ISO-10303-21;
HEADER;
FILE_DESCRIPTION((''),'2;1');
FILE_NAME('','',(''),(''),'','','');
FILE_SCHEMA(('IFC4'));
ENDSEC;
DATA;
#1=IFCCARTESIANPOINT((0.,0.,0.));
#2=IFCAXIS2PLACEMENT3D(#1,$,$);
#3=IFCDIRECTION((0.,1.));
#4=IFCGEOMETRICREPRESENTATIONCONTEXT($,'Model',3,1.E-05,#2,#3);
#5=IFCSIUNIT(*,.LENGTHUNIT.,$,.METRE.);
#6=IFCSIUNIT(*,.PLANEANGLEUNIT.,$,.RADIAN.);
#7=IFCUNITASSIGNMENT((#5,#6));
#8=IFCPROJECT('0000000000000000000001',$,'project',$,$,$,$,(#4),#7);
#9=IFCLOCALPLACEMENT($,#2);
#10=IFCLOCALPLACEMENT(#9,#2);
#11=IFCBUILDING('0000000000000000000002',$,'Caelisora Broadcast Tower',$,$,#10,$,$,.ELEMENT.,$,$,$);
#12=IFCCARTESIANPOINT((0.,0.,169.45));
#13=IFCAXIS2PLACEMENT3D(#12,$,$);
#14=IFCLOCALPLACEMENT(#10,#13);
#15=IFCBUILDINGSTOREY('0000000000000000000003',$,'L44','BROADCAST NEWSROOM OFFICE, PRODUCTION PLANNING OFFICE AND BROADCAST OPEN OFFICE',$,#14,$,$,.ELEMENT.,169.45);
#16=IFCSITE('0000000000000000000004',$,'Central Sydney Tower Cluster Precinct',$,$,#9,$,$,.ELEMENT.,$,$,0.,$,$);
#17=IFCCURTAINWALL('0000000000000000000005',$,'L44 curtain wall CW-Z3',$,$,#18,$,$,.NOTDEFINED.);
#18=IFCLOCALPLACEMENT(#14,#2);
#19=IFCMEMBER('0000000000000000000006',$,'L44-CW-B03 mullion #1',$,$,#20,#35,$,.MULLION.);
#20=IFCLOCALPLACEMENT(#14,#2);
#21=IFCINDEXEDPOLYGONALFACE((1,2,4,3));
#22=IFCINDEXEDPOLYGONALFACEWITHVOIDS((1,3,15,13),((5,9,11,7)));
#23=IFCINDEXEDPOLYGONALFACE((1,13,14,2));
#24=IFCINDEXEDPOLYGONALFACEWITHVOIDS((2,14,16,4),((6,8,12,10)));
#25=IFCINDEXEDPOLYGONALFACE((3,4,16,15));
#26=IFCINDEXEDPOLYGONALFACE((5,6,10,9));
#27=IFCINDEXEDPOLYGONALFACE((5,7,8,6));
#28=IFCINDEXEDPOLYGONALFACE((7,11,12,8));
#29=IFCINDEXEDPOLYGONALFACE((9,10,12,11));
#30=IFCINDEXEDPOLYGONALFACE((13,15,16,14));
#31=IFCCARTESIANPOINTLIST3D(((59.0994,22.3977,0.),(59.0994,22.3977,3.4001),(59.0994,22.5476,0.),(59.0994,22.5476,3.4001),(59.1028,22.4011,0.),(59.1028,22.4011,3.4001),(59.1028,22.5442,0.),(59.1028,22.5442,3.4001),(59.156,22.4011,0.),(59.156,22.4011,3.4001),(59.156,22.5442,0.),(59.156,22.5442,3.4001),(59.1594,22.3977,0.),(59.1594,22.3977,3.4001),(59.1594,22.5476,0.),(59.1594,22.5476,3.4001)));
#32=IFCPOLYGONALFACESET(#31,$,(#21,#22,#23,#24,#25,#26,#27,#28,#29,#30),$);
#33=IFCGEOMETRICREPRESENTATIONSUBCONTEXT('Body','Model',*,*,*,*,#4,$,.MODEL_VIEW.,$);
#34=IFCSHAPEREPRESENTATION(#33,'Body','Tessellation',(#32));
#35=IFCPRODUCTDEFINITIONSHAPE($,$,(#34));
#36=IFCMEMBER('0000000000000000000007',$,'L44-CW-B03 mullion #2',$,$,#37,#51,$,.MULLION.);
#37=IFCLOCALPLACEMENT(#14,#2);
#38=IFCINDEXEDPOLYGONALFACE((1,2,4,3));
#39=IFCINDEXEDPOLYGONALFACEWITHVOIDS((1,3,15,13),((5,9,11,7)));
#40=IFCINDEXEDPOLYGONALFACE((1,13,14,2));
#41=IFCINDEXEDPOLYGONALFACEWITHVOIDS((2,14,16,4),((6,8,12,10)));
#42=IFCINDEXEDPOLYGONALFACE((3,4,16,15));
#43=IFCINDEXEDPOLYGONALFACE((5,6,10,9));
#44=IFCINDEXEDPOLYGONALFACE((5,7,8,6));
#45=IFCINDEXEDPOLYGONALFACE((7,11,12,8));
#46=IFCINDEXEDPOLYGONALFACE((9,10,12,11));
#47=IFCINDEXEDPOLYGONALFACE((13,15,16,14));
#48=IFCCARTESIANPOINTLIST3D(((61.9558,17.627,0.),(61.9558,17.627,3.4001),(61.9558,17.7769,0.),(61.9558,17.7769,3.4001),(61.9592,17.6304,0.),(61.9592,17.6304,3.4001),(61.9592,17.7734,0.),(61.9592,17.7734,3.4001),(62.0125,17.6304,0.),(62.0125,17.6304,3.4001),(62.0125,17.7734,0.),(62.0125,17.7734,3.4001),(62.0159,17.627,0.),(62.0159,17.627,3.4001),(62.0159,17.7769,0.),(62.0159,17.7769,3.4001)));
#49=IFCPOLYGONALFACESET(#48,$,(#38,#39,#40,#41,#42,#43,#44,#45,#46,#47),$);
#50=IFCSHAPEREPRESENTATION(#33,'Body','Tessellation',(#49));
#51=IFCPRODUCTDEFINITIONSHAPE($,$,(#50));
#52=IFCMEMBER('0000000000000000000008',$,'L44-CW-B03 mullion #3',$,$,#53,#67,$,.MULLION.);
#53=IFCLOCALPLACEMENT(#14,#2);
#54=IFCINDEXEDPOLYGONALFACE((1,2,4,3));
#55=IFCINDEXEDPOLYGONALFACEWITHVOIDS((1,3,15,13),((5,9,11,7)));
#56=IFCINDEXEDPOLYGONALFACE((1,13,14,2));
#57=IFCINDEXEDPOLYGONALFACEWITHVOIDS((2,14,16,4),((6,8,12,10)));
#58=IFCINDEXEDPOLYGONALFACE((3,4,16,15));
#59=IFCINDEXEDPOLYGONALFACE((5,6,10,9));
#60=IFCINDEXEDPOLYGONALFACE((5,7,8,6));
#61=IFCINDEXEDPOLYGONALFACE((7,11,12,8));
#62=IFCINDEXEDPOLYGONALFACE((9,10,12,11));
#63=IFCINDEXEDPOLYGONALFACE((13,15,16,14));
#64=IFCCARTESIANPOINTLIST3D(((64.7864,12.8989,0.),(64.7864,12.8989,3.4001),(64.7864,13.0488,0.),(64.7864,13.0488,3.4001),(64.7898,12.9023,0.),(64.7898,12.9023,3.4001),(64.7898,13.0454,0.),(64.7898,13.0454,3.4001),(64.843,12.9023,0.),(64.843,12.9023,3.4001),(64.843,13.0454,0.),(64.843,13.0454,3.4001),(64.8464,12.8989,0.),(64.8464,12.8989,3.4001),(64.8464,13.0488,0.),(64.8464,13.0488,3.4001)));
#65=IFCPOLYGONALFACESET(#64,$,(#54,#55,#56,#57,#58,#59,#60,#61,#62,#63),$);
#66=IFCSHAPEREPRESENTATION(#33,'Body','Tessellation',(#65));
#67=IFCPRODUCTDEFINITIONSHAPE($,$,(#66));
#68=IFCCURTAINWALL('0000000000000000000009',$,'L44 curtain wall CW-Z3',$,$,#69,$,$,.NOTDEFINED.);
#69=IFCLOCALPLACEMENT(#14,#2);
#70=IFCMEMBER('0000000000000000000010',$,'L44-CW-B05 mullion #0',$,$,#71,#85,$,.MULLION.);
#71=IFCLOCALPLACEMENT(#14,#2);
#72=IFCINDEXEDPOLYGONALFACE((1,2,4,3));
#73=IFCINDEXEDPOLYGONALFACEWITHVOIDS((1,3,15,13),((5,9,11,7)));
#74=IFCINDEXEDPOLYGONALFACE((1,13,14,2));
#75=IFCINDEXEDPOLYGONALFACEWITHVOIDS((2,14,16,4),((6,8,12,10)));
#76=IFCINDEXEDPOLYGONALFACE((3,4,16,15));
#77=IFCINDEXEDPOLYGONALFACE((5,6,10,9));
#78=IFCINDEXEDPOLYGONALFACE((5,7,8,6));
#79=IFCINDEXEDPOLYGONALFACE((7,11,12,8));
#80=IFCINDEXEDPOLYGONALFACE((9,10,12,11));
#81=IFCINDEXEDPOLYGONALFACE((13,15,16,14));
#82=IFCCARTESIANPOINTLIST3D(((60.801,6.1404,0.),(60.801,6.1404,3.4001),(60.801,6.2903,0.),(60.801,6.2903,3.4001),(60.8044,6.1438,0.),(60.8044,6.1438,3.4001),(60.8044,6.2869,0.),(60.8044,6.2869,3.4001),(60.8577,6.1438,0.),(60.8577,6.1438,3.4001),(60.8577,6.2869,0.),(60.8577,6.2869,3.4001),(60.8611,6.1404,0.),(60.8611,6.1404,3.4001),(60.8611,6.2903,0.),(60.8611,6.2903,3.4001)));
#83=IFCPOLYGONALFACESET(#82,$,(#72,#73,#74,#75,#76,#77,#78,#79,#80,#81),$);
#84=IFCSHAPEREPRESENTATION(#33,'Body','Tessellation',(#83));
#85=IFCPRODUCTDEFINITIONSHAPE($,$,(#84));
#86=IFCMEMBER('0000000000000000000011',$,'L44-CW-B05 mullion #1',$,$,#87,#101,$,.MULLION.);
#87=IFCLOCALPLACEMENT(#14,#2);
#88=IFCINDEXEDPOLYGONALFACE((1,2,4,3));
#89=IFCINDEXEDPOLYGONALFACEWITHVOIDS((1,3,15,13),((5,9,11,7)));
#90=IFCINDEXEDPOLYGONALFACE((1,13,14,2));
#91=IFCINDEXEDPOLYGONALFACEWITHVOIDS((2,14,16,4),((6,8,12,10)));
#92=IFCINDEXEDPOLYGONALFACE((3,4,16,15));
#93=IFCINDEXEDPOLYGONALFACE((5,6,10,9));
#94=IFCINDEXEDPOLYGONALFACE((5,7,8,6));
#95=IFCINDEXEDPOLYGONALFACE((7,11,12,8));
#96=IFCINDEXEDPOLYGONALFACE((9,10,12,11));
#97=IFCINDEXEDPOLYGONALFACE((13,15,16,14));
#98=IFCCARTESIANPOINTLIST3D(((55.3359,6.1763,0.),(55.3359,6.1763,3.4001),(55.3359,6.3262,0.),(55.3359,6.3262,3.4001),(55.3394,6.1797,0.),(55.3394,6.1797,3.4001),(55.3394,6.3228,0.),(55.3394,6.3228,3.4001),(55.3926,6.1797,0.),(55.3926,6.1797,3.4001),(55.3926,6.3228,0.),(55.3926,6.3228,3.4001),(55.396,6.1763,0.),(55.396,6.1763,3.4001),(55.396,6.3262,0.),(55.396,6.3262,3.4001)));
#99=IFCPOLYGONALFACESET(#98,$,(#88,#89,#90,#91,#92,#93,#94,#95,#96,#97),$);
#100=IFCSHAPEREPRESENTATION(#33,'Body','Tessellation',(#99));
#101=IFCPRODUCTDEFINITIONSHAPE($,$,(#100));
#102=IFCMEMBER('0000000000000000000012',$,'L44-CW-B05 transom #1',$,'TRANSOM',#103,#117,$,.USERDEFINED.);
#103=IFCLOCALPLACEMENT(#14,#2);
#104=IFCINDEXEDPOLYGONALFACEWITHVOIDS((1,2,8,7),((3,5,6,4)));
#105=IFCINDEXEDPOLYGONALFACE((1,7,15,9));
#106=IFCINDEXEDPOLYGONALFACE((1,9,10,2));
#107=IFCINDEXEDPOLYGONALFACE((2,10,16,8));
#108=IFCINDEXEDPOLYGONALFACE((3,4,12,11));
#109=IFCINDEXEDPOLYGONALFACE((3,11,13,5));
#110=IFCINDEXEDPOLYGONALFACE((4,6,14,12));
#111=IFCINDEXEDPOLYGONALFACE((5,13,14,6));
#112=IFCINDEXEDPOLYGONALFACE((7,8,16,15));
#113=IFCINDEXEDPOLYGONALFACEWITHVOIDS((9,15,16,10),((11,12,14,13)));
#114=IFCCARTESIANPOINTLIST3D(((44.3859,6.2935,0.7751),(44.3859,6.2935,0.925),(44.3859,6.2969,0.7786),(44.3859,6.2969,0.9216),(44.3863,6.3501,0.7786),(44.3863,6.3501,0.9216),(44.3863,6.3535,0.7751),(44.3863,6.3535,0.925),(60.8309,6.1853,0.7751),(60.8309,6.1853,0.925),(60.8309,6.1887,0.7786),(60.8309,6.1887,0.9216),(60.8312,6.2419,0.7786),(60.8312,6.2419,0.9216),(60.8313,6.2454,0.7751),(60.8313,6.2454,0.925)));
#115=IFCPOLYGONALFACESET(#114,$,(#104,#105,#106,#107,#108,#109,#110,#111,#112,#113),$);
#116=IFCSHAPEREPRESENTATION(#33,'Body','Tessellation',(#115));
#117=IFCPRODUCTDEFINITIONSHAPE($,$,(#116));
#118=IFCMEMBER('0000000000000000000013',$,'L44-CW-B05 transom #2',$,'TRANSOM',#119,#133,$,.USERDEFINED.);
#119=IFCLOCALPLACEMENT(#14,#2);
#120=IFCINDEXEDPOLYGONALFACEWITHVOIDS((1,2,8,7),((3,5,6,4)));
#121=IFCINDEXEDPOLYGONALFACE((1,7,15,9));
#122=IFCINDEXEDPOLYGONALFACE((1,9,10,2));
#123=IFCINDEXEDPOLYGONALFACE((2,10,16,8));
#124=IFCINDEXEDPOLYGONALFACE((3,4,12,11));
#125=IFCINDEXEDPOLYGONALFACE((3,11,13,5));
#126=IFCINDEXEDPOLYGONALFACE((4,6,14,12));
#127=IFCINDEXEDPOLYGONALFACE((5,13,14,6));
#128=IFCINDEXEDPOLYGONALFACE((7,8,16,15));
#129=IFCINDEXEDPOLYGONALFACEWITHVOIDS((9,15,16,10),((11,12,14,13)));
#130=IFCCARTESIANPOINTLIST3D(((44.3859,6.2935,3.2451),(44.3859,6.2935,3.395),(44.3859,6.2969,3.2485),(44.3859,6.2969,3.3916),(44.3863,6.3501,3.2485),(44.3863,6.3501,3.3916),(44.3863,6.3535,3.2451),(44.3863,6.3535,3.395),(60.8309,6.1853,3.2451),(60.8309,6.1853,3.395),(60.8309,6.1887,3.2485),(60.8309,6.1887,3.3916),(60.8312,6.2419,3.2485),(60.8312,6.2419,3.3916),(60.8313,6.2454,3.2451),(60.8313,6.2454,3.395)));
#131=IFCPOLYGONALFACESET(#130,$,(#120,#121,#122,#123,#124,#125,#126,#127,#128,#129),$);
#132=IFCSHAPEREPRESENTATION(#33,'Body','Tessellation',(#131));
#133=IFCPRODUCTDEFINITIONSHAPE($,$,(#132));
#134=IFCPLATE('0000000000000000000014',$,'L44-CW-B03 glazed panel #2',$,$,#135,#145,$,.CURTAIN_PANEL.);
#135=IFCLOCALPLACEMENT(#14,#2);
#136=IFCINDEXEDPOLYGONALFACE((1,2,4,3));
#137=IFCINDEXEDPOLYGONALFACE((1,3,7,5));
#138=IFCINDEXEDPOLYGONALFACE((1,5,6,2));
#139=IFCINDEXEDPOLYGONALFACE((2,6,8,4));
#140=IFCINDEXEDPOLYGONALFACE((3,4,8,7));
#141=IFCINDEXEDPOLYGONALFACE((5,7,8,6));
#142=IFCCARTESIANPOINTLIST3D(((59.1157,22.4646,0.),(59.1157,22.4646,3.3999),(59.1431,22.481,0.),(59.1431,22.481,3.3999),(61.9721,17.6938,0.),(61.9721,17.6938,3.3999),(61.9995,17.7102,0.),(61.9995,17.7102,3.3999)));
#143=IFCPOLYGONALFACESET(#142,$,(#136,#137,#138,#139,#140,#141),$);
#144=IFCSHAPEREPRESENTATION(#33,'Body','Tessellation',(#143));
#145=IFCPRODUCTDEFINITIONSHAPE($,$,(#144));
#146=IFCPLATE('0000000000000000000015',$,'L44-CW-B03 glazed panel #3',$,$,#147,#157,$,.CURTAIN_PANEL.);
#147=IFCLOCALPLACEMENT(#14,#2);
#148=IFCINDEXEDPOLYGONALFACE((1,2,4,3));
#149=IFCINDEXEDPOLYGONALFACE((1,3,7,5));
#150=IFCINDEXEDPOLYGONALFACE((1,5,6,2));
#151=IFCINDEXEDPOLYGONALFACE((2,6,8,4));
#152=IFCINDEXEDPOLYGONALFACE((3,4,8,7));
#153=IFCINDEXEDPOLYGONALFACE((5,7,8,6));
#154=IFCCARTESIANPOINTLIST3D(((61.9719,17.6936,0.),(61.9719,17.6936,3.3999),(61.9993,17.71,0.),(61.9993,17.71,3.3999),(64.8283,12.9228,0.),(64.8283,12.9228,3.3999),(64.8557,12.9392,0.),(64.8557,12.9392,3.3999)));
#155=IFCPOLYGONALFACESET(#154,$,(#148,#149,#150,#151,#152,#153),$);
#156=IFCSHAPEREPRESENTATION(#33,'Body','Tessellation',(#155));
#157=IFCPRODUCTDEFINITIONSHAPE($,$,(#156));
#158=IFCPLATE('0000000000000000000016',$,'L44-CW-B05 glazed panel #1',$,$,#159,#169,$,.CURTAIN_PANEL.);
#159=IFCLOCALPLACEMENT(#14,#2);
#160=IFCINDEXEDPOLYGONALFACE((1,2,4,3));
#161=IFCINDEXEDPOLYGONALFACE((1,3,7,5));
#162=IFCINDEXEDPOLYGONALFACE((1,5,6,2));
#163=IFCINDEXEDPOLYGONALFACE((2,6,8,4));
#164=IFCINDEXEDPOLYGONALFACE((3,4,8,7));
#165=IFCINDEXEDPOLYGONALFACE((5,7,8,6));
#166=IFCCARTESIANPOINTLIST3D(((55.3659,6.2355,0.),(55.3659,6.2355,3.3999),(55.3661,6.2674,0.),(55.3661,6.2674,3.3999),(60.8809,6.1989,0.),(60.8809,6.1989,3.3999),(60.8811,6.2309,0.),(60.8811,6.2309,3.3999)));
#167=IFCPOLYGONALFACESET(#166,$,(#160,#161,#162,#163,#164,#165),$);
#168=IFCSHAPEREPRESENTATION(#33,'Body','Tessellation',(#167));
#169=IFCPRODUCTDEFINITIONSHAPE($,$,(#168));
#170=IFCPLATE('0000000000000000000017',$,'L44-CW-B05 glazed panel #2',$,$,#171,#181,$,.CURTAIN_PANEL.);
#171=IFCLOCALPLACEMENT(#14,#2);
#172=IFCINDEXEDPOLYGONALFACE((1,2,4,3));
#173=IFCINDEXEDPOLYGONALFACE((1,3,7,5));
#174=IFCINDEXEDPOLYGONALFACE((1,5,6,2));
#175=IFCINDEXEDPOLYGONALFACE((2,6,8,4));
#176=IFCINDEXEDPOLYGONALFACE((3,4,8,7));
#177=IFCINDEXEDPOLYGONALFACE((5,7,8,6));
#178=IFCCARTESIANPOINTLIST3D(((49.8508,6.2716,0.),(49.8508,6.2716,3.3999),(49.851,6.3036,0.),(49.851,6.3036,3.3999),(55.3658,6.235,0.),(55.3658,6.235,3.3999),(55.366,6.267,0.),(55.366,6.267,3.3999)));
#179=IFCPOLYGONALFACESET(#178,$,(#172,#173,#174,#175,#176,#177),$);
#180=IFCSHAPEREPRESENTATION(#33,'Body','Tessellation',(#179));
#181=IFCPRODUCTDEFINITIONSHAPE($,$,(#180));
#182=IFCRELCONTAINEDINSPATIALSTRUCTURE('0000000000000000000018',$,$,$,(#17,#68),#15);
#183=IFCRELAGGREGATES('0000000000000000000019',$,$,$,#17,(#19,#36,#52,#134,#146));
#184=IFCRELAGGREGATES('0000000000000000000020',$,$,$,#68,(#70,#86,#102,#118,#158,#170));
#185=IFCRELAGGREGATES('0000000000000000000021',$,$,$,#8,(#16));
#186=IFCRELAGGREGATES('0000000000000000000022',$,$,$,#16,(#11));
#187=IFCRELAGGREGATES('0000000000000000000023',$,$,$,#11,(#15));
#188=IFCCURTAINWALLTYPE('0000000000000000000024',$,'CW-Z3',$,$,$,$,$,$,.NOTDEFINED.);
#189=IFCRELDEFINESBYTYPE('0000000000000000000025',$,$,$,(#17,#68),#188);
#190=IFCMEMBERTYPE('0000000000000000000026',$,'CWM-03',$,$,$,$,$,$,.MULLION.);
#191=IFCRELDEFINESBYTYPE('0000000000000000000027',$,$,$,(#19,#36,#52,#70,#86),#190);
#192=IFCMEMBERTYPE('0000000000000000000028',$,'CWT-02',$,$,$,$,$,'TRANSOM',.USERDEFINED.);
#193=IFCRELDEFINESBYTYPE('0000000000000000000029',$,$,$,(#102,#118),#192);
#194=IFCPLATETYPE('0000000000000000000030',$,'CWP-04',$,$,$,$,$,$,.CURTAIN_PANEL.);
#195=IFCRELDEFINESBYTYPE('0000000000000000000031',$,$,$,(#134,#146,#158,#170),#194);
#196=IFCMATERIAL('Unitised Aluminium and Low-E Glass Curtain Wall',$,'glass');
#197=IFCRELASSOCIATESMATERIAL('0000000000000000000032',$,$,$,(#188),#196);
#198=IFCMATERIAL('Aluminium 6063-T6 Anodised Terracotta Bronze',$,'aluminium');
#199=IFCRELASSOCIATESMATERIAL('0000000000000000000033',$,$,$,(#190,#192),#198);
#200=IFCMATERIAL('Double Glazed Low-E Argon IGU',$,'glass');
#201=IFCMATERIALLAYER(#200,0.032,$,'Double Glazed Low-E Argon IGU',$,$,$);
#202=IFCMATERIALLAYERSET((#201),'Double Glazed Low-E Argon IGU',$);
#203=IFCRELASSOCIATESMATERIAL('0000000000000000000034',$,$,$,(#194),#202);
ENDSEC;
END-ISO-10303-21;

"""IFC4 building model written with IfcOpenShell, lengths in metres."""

from ifc_helpers import new_model, si_unit, direction, frame, origin, origin_2d, place, context, subcontext, project, spatial, rectangle, hollow_rectangle, extrude, source, transform, mapped, material, layer, layer_set, material_profile, profile_set, type_object, type_shapes, element, aggregate, save


model = new_model("IFC4")

# Units and contexts
model_context = context("Model", 3, precision=1e-05, world=origin(), true_north=direction((0.0, 1.0)))
body_context = subcontext(model_context, "Body", "Model", "MODEL_VIEW")
ifc_project = project(units=[si_unit("LENGTHUNIT", "METRE"), si_unit("PLANEANGLEUNIT", "RADIAN")], contexts=[model_context])

# Site, building, storey
site_placement = place(None, origin())
site = spatial("IfcSite", under=ifc_project, at=site_placement, Name="Central Sydney Tower Cluster Precinct", CompositionType="ELEMENT", RefElevation=0.0)
building_placement = place(site_placement, origin())
building = spatial("IfcBuilding", under=site, at=building_placement, Name="Caelisora Broadcast Tower", CompositionType="ELEMENT")
storey_placement = place(building_placement, frame((0.0, 0.0, 169.45)))
storey = spatial("IfcBuildingStorey", under=building, at=storey_placement, Name="L44", Description="BROADCAST NEWSROOM OFFICE, PRODUCTION PLANNING OFFICE AND BROADCAST OPEN OFFICE", CompositionType="ELEMENT", Elevation=169.45)

# Curtain walls, members
ifc_material_1 = material(Name="Unitised Aluminium and Low-E Glass Curtain Wall", Category="glass")
curtain_wall_type = type_object("IfcCurtainWallType", Name="CW-Z3", PredefinedType="NOTDEFINED", material=ifc_material_1)
curtain_wall_1_placement = place(storey_placement, origin())
curtain_wall_1 = element("IfcCurtainWall", 1, at=curtain_wall_1_placement, inside=storey, type_object=curtain_wall_type, Name="L44 curtain wall CW-Z3", PredefinedType="NOTDEFINED")
ifc_material_2 = material(Name="Aluminium 6063-T6 Anodised Terracotta Bronze", Category="aluminium")
ifc_material_profile_1 = material_profile(ifc_material_2, hollow_rectangle(XDim=0.0601, YDim=0.1499, WallThickness=0.0034, at=origin_2d()), Name="Aluminium 6063-T6 Anodised Terracotta Bronze")
ifc_profile_set_1 = profile_set([ifc_material_profile_1], Name="Aluminium 6063-T6 Anodised Terracotta Bronze")
member_type_1 = type_object("IfcMemberType", Name="CWM-03", PredefinedType="MULLION", material=ifc_profile_set_1)
shared_shape_1 = source(origin(), body_context, "Body", "SweptSolid", [
    extrude(hollow_rectangle(XDim=0.0601, YDim=0.1499, WallThickness=0.0034, at=origin_2d()), origin(), (0.0, 0.0, 1.0), 3.4001),
])
type_shapes(member_type_1, [shared_shape_1])
member_1_placement = place(storey_placement, frame((59.1294, 22.4727, 0.0), z_axis=(0.0, 0.0, 1.0), x_axis=(1.0, 0.0, 0.0)))
member_1 = element("IfcMember", 2, at=member_1_placement, type_object=member_type_1, Name="L44-CW-B03 mullion #1", PredefinedType="MULLION", context=body_context, shape_type="MappedRepresentation", body=[
    mapped(shared_shape_1, transform((0.0, 0.0, 0.0), scale=1.0)),
])
member_2_placement = place(storey_placement, frame((61.9858, 17.7019, 0.0), z_axis=(0.0, 0.0, 1.0), x_axis=(1.0, 0.0, 0.0)))
member_2 = element("IfcMember", 3, at=member_2_placement, type_object=member_type_1, Name="L44-CW-B03 mullion #2", PredefinedType="MULLION", context=body_context, shape_type="MappedRepresentation", body=[
    mapped(shared_shape_1, transform((0.0, 0.0, 0.0), scale=1.0)),
])
member_3_placement = place(storey_placement, frame((64.8164, 12.9739, 0.0), z_axis=(0.0, 0.0, 1.0), x_axis=(1.0, 0.0, 0.0)))
member_3 = element("IfcMember", 4, at=member_3_placement, type_object=member_type_1, Name="L44-CW-B03 mullion #3", PredefinedType="MULLION", context=body_context, shape_type="MappedRepresentation", body=[
    mapped(shared_shape_1, transform((0.0, 0.0, 0.0), scale=1.0)),
])
curtain_wall_2_placement = place(storey_placement, origin())
curtain_wall_2 = element("IfcCurtainWall", 5, at=curtain_wall_2_placement, inside=storey, type_object=curtain_wall_type, Name="L44 curtain wall CW-Z3", PredefinedType="NOTDEFINED")
member_4_placement = place(storey_placement, frame((60.8311, 6.2153, 0.0), z_axis=(0.0, 0.0, 1.0), x_axis=(1.0, 0.0, 0.0)))
member_4 = element("IfcMember", 6, at=member_4_placement, type_object=member_type_1, Name="L44-CW-B05 mullion #0", PredefinedType="MULLION", context=body_context, shape_type="MappedRepresentation", body=[
    mapped(shared_shape_1, transform((0.0, 0.0, 0.0), scale=1.0)),
])
member_5_placement = place(storey_placement, frame((55.366, 6.2512, 0.0), z_axis=(0.0, 0.0, 1.0), x_axis=(1.0, 0.0, 0.0)))
member_5 = element("IfcMember", 7, at=member_5_placement, type_object=member_type_1, Name="L44-CW-B05 mullion #1", PredefinedType="MULLION", context=body_context, shape_type="MappedRepresentation", body=[
    mapped(shared_shape_1, transform((0.0, 0.0, 0.0), scale=1.0)),
])
ifc_material_profile_2 = material_profile(ifc_material_2, hollow_rectangle(XDim=0.0601, YDim=0.1499, WallThickness=0.0034, at=origin_2d()), Name="Aluminium 6063-T6 Anodised Terracotta Bronze")
ifc_profile_set_2 = profile_set([ifc_material_profile_2], Name="Aluminium 6063-T6 Anodised Terracotta Bronze")
member_type_2 = type_object("IfcMemberType", Name="CWT-02", ElementType="TRANSOM", PredefinedType="USERDEFINED", material=ifc_profile_set_2)
shared_shape_2 = source(origin(), body_context, "Body", "SweptSolid", [
    extrude(hollow_rectangle(XDim=0.0601, YDim=0.1499, WallThickness=0.0034, at=origin_2d()), origin(), (0.0, 0.0, 1.0), 16.4453),
])
type_shapes(member_type_2, [shared_shape_2])
member_6_placement = place(storey_placement, frame((60.8311, 6.2153, 0.8501), z_axis=(-0.999978, 0.006577, 0.0), x_axis=(-0.006577, -0.999978, 0.0)))
member_6 = element("IfcMember", 8, at=member_6_placement, type_object=member_type_2, Name="L44-CW-B05 transom #1", ObjectType="TRANSOM", PredefinedType="USERDEFINED", context=body_context, shape_type="MappedRepresentation", body=[
    mapped(shared_shape_2, transform((0.0, 0.0, 0.0), scale=1.0)),
])
member_7_placement = place(storey_placement, frame((60.8311, 6.2153, 3.3201), z_axis=(-0.999978, 0.006577, 0.0), x_axis=(-0.006577, -0.999978, 0.0)))
member_7 = element("IfcMember", 9, at=member_7_placement, type_object=member_type_2, Name="L44-CW-B05 transom #2", ObjectType="TRANSOM", PredefinedType="USERDEFINED", context=body_context, shape_type="MappedRepresentation", body=[
    mapped(shared_shape_2, transform((0.0, 0.0, 0.0), scale=1.0)),
])

# Plates
ifc_material_3 = material(Name="Double Glazed Low-E Argon IGU", Category="glass")
ifc_layer_1 = layer(ifc_material_3, 0.032, Name="Double Glazed Low-E Argon IGU")
ifc_layer_set_1 = layer_set([ifc_layer_1], Name="Double Glazed Low-E Argon IGU")
plate_type = type_object("IfcPlateType", Name="CWP-04", PredefinedType="CURTAIN_PANEL", material=ifc_layer_set_1)
shared_shape_3 = source(origin(), body_context, "Body", "SweptSolid", [
    extrude(rectangle(XDim=5.5605, YDim=0.032, at=origin_2d()), origin(), (0.0, 0.0, 1.0), 3.3999),
])
plate_1_placement = place(storey_placement, frame((60.5576, 20.0874, 0.0), z_axis=(0.0, 0.0, 1.0), x_axis=(0.513691, -0.857975, 0.0)))
plate_1 = element("IfcPlate", 10, at=plate_1_placement, type_object=plate_type, Name="L44-CW-B03 glazed panel #2", PredefinedType="CURTAIN_PANEL", context=body_context, shape_type="MappedRepresentation", body=[
    mapped(shared_shape_3, transform((0.0, 0.0, 0.0), scale=1.0)),
])
plate_2_placement = place(storey_placement, frame((63.4138, 15.3164, 0.0), z_axis=(0.0, 0.0, 1.0), x_axis=(0.513691, -0.857975, 0.0)))
plate_2 = element("IfcPlate", 11, at=plate_2_placement, type_object=plate_type, Name="L44-CW-B03 glazed panel #3", PredefinedType="CURTAIN_PANEL", context=body_context, shape_type="MappedRepresentation", body=[
    mapped(shared_shape_3, transform((0.0, 0.0, 0.0), scale=1.0)),
])
aggregate(curtain_wall_1, [member_1, member_2, member_3, plate_1, plate_2])
shared_shape_4 = source(origin(), body_context, "Body", "SweptSolid", [
    extrude(rectangle(XDim=5.5151, YDim=0.032, at=origin_2d()), origin(), (0.0, 0.0, 1.0), 3.3999),
])
type_shapes(plate_type, [shared_shape_3, shared_shape_4])
plate_3_placement = place(storey_placement, frame((58.1235, 6.2332, 0.0), z_axis=(0.0, 0.0, 1.0), x_axis=(-0.999978, 0.006632, 0.0)))
plate_3 = element("IfcPlate", 12, at=plate_3_placement, type_object=plate_type, Name="L44-CW-B05 glazed panel #1", PredefinedType="CURTAIN_PANEL", context=body_context, shape_type="MappedRepresentation", body=[
    mapped(shared_shape_4, transform((0.0, 0.0, 0.0), scale=1.0)),
])
plate_4_placement = place(storey_placement, frame((52.6084, 6.2693, 0.0), z_axis=(0.0, 0.0, 1.0), x_axis=(-0.999978, 0.006632, 0.0)))
plate_4 = element("IfcPlate", 13, at=plate_4_placement, type_object=plate_type, Name="L44-CW-B05 glazed panel #2", PredefinedType="CURTAIN_PANEL", context=body_context, shape_type="MappedRepresentation", body=[
    mapped(shared_shape_4, transform((0.0, 0.0, 0.0), scale=1.0)),
])
aggregate(curtain_wall_2, [member_4, member_5, member_6, member_7, plate_3, plate_4])

save(model, "model.ifc")
